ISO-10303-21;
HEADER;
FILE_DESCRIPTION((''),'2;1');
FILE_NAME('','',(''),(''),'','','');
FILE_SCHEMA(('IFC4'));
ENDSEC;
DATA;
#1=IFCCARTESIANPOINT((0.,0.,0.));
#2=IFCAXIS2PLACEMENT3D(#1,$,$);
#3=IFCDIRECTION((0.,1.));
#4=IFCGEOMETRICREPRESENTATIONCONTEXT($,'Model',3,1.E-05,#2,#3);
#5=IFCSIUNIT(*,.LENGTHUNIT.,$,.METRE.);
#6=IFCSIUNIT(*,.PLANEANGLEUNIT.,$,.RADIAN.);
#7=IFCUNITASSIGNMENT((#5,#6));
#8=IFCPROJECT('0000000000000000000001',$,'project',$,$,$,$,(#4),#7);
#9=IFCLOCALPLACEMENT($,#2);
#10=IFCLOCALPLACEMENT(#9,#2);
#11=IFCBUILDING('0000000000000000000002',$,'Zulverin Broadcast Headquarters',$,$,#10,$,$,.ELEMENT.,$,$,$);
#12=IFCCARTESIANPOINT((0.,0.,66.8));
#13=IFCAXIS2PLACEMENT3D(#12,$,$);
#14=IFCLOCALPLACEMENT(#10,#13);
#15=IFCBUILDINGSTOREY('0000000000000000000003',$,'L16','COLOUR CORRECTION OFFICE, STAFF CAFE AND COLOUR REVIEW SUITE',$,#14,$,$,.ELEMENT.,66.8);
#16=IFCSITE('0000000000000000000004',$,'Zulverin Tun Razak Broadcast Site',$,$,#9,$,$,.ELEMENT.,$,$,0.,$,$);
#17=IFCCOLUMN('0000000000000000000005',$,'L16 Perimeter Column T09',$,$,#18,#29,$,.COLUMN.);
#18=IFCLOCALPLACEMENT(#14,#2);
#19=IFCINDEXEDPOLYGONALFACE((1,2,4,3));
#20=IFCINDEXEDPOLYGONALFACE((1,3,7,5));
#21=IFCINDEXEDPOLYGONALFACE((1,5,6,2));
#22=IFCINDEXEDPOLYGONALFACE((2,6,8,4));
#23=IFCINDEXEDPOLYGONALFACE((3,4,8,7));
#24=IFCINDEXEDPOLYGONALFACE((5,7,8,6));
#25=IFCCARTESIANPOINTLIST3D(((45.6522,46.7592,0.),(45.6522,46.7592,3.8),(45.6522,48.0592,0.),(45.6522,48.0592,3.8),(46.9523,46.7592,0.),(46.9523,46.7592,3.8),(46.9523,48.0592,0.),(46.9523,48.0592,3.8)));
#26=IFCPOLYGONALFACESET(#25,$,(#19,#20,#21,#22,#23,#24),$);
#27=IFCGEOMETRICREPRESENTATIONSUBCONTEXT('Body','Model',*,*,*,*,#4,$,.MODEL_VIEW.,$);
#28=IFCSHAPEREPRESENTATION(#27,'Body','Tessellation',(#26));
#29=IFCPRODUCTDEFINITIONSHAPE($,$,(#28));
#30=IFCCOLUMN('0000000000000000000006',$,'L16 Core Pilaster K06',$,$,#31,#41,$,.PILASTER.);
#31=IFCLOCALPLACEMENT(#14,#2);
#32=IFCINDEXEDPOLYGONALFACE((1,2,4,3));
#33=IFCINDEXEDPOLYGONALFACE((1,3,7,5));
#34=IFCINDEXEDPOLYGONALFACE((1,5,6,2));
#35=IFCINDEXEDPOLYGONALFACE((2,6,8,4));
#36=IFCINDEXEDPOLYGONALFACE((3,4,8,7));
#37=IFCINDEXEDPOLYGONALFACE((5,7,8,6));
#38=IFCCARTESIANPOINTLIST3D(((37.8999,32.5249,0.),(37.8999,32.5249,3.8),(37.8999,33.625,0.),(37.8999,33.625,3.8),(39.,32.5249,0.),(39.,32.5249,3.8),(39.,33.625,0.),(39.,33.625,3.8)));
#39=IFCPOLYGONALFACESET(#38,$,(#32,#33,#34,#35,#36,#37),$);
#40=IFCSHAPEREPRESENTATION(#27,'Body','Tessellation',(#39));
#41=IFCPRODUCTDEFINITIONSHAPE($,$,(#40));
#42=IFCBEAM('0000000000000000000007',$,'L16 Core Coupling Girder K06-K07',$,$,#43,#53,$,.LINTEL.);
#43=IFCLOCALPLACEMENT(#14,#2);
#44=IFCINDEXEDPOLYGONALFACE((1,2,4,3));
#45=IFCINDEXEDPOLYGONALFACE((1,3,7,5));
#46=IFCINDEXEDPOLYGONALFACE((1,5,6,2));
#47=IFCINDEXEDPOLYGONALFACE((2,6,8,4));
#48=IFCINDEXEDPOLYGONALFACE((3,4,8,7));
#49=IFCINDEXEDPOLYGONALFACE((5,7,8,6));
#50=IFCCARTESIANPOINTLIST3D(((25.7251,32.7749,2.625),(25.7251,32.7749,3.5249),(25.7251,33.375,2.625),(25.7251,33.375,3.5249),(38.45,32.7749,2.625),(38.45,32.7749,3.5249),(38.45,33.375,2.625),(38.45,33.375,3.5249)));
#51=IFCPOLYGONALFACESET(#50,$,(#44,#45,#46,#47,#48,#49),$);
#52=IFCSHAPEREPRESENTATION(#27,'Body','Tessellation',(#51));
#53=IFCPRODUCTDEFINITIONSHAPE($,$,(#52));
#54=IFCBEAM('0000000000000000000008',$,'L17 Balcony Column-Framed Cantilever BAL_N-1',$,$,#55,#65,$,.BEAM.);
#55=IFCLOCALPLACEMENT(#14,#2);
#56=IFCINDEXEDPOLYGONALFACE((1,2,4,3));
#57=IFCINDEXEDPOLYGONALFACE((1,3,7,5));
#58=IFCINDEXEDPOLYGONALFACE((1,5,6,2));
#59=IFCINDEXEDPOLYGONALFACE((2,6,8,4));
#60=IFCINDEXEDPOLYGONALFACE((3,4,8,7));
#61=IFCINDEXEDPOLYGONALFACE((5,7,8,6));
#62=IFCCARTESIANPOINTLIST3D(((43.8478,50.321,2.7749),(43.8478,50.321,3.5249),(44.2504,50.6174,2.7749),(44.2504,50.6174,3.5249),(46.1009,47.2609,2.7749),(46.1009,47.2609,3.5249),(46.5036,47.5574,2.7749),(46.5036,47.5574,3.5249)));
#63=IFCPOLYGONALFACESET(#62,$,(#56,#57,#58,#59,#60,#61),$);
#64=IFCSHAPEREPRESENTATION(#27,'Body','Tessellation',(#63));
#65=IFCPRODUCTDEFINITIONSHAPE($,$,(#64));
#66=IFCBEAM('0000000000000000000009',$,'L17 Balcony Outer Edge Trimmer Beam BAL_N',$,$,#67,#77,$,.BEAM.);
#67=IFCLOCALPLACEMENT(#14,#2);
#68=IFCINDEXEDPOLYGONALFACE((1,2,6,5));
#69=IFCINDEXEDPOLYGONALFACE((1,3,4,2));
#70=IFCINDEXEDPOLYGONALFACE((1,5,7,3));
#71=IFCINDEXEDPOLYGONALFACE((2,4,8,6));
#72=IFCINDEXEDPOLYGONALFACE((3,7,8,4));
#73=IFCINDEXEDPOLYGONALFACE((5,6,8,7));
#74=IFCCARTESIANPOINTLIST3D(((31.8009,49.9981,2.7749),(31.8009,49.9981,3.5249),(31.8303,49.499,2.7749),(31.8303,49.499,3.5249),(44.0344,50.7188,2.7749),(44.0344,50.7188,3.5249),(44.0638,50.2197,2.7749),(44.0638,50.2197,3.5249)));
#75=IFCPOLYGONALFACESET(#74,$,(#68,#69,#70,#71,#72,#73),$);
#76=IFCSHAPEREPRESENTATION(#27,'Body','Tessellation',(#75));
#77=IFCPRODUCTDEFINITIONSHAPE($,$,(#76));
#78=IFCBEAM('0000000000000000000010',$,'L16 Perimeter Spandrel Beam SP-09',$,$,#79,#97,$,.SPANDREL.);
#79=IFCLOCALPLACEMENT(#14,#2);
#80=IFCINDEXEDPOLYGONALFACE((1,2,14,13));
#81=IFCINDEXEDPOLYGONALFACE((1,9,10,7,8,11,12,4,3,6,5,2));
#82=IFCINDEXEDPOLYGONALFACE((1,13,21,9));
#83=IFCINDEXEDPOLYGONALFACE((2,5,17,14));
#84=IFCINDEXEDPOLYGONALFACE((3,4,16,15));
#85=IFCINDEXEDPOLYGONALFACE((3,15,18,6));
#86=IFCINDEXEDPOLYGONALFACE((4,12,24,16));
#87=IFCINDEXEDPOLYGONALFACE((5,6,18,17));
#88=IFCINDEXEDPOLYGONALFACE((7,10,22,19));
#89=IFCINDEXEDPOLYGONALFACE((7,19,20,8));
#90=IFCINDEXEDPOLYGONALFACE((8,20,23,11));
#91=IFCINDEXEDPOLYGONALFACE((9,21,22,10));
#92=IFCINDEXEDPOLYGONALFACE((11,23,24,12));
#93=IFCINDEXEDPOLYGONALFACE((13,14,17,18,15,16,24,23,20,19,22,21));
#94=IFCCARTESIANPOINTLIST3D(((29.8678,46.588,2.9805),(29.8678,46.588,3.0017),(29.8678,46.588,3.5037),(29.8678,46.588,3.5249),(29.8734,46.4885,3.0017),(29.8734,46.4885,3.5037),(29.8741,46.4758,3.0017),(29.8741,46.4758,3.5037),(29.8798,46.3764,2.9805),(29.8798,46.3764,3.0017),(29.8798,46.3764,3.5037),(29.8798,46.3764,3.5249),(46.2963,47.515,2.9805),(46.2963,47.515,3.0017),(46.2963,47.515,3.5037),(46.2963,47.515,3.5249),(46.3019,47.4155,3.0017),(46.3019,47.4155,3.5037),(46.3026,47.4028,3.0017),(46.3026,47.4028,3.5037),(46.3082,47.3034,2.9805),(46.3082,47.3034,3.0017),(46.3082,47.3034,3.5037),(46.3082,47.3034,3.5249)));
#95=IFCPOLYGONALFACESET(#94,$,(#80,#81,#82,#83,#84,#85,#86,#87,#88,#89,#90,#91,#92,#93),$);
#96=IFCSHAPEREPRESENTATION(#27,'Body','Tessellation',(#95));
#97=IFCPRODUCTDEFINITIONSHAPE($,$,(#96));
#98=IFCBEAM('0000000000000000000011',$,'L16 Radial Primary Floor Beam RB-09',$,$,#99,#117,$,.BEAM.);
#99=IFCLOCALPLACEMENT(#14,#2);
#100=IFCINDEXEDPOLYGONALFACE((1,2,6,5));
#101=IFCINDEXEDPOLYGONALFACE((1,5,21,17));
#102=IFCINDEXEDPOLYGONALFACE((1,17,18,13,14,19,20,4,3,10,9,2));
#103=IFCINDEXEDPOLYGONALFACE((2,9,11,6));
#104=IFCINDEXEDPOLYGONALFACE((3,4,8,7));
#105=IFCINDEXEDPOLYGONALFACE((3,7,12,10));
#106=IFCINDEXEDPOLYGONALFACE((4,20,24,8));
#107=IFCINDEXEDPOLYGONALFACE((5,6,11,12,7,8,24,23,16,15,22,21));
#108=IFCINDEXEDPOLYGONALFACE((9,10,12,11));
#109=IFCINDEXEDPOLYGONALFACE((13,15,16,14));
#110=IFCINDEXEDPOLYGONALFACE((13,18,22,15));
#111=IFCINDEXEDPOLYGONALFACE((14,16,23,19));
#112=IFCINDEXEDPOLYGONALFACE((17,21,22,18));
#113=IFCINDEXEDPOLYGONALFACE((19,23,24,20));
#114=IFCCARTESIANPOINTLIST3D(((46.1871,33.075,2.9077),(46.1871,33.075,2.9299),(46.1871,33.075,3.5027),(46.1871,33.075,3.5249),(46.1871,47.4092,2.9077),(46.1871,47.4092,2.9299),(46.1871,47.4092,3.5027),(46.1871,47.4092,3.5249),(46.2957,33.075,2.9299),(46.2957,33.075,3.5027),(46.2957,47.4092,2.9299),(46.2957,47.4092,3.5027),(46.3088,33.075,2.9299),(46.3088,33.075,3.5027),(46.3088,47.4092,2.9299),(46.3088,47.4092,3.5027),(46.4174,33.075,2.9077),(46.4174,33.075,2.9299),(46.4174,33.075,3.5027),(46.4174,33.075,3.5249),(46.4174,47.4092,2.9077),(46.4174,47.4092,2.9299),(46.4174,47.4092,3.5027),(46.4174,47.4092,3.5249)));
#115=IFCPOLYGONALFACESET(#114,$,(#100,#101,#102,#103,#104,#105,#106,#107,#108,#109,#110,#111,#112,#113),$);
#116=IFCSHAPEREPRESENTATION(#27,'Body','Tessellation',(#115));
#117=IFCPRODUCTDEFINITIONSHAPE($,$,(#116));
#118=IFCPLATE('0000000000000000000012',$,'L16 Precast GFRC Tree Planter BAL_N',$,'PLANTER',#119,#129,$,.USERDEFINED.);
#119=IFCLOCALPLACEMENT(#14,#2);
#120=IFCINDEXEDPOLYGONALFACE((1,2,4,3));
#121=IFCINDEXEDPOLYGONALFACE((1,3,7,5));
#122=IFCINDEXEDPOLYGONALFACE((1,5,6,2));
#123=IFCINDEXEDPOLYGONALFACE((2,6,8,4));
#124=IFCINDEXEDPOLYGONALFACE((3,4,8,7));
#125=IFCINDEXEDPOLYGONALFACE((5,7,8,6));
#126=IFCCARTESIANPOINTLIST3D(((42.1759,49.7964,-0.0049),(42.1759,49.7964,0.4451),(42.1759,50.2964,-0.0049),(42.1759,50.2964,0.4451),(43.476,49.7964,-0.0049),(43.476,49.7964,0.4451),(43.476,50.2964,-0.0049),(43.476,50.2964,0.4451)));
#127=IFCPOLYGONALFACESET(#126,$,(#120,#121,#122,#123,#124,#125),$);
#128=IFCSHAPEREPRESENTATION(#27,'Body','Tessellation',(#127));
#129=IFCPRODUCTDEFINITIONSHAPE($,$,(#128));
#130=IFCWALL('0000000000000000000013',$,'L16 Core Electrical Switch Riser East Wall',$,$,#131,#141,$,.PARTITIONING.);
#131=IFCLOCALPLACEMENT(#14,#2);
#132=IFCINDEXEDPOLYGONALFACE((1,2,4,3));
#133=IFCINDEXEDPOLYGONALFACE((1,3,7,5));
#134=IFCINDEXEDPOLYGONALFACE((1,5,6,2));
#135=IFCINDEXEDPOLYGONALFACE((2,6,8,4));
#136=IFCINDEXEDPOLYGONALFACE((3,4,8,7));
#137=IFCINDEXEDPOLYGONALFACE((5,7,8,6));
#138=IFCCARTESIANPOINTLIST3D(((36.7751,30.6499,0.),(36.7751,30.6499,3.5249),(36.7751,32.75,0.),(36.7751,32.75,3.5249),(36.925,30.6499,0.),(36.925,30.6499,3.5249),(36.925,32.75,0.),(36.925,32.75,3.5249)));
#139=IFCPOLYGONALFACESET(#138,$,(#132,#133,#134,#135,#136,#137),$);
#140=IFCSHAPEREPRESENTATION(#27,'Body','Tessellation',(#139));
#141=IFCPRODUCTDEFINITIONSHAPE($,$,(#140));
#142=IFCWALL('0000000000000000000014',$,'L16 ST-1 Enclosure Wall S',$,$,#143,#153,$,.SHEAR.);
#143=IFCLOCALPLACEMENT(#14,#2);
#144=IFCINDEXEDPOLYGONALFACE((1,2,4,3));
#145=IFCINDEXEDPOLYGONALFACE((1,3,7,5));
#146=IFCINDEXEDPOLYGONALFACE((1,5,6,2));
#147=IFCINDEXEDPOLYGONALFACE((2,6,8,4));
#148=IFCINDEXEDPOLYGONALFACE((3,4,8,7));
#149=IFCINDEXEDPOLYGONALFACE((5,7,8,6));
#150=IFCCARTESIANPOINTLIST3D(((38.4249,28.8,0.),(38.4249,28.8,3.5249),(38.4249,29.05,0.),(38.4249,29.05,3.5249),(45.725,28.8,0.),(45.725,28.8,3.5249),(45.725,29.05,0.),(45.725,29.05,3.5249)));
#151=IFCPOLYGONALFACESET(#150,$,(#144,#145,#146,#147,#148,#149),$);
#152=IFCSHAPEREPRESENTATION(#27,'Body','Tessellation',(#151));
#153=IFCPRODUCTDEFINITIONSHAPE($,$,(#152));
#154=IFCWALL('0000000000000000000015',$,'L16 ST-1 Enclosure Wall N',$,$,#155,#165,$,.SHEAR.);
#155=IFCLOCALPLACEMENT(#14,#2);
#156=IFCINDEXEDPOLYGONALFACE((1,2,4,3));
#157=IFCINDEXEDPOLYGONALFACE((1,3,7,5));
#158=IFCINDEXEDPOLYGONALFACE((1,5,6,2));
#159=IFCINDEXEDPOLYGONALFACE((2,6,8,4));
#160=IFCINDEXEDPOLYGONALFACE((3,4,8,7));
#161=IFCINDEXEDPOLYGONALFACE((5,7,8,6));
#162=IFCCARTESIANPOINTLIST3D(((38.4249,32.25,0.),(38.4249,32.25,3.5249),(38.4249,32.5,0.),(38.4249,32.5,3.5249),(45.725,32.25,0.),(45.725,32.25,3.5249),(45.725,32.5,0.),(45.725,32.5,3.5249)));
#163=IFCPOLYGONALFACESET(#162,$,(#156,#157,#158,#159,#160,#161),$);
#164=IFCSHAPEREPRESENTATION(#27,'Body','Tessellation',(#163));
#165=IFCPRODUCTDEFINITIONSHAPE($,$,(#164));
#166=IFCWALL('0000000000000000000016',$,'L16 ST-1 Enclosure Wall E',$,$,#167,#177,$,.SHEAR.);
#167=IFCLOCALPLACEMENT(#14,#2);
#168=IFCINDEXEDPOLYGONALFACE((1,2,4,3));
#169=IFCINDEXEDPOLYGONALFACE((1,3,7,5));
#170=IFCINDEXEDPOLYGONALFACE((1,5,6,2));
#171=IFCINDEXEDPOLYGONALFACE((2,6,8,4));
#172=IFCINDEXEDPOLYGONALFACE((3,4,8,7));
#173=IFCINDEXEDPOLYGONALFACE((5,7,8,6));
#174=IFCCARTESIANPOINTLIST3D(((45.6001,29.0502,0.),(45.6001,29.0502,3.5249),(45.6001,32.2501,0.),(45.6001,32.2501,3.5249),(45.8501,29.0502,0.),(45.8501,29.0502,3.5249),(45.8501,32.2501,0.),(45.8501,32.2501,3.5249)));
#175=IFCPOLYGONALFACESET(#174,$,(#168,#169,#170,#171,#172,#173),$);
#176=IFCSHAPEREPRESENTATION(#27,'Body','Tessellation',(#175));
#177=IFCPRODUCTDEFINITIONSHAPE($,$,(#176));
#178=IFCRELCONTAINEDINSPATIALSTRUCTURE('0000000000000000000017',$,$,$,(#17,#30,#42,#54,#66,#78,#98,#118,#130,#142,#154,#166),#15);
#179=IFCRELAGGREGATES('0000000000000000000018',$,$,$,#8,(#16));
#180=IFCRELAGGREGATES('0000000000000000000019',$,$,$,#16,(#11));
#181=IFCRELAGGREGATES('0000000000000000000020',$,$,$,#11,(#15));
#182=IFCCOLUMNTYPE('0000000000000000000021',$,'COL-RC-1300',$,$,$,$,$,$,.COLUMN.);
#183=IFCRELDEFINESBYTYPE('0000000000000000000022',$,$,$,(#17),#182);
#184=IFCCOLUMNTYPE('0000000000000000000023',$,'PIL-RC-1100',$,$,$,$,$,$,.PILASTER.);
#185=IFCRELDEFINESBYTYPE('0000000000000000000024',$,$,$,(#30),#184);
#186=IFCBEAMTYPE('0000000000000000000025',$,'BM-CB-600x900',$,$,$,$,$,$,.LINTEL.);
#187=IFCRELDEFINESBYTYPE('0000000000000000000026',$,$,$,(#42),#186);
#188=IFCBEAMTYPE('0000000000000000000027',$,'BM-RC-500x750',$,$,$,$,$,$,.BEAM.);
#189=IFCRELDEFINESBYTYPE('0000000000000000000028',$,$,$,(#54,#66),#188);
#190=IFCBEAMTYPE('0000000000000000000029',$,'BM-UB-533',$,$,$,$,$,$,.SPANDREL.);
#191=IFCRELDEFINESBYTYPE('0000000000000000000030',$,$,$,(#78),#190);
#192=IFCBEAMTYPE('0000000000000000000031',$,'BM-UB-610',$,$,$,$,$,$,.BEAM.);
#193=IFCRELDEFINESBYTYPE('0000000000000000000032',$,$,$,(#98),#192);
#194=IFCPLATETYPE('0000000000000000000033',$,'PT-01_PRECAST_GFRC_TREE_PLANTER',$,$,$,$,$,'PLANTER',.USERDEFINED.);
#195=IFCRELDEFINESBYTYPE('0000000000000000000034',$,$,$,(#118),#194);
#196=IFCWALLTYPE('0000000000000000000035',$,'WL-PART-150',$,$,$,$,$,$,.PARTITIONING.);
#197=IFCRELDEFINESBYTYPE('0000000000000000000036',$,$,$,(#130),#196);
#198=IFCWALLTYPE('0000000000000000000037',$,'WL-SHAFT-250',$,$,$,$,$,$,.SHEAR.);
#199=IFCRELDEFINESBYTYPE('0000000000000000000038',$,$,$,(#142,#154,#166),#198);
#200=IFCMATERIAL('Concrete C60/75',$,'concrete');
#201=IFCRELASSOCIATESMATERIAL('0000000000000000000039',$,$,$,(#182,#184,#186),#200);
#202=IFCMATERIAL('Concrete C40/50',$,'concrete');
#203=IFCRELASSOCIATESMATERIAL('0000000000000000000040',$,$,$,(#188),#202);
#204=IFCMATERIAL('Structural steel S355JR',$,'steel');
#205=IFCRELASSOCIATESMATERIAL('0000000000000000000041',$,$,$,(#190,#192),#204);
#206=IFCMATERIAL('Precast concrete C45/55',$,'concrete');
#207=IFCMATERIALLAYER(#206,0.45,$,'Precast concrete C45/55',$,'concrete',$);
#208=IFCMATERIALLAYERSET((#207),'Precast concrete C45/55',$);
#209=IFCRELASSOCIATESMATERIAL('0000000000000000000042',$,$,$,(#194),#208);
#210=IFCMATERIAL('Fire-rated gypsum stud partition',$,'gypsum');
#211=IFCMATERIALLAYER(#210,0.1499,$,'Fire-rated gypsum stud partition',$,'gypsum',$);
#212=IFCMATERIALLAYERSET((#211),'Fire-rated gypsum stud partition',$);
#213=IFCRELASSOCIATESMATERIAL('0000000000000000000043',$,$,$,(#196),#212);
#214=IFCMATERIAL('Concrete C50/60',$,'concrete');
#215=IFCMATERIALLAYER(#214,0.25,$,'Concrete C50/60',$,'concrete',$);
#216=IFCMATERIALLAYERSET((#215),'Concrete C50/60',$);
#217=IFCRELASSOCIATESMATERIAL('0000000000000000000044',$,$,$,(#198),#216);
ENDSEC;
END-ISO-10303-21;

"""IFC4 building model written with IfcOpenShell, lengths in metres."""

from ifc_helpers import new_model, si_unit, direction, frame, frame_2d, origin, origin_2d, place, context, subcontext, project, spatial, rectangle, i_section, extrude, material, layer, layer_set, material_profile, profile_set, type_object, element, save


model = new_model("IFC4")

# Units and contexts
model_context = context("Model", 3, precision=1e-05, world=origin(), true_north=direction((0.0, 1.0)))
body_context = subcontext(model_context, "Body", "Model", "MODEL_VIEW")
ifc_project = project(units=[si_unit("LENGTHUNIT", "METRE"), si_unit("PLANEANGLEUNIT", "RADIAN")], contexts=[model_context])

# Site, building, storey
site_placement = place(None, origin())
site = spatial("IfcSite", under=ifc_project, at=site_placement, Name="Zulverin Tun Razak Broadcast Site", CompositionType="ELEMENT", RefElevation=0.0)
building_placement = place(site_placement, origin())
building = spatial("IfcBuilding", under=site, at=building_placement, Name="Zulverin Broadcast Headquarters", CompositionType="ELEMENT")
storey_placement = place(building_placement, frame((0.0, 0.0, 66.8)))
storey = spatial("IfcBuildingStorey", under=building, at=storey_placement, Name="L16", Description="COLOUR CORRECTION OFFICE, STAFF CAFE AND COLOUR REVIEW SUITE", CompositionType="ELEMENT", Elevation=66.8)

# Columns
ifc_material_1 = material(Name="Concrete C60/75", Category="concrete")
ifc_material_profile_1 = material_profile(ifc_material_1, rectangle(XDim=1.3, YDim=1.3, at=origin_2d()), Name="Concrete C60/75", Category="concrete")
ifc_profile_set_1 = profile_set([ifc_material_profile_1], Name="Concrete C60/75")
column_type_1 = type_object("IfcColumnType", Name="COL-RC-1300", PredefinedType="COLUMN", material=ifc_profile_set_1)
column_1_placement = place(storey_placement, frame((46.3022, 47.4092, 0.0), z_axis=(0.0, 0.0, 1.0), x_axis=(1.0, 0.0, 0.0)))
element("IfcColumn", 1, at=column_1_placement, inside=storey, type_object=column_type_1, Name="L16 Perimeter Column T09", PredefinedType="COLUMN", context=body_context, shape_type="SweptSolid", body=[
    extrude(rectangle(XDim=1.3, YDim=1.3, at=origin_2d()), origin(), (0.0, 0.0, 1.0), 3.8),
])
ifc_material_profile_2 = material_profile(ifc_material_1, rectangle(XDim=1.1001, YDim=1.1001, at=origin_2d()), Name="Concrete C60/75", Category="concrete")
ifc_profile_set_2 = profile_set([ifc_material_profile_2], Name="Concrete C60/75")
column_type_2 = type_object("IfcColumnType", Name="PIL-RC-1100", PredefinedType="PILASTER", material=ifc_profile_set_2)
column_2_placement = place(storey_placement, frame((38.45, 33.075, 0.0), z_axis=(0.0, 0.0, 1.0), x_axis=(1.0, 0.0, 0.0)))
element("IfcColumn", 2, at=column_2_placement, inside=storey, type_object=column_type_2, Name="L16 Core Pilaster K06", PredefinedType="PILASTER", context=body_context, shape_type="SweptSolid", body=[
    extrude(rectangle(XDim=1.1001, YDim=1.1001, at=origin_2d()), origin(), (0.0, 0.0, 1.0), 3.8),
])

# Beams
ifc_material_profile_3 = material_profile(ifc_material_1, rectangle(XDim=0.6001, YDim=0.8999, at=origin_2d()), Name="Concrete C60/75", Category="concrete")
ifc_profile_set_3 = profile_set([ifc_material_profile_3], Name="Concrete C60/75")
beam_type_1 = type_object("IfcBeamType", Name="BM-CB-600x900", PredefinedType="LINTEL", material=ifc_profile_set_3)
beam_1_placement = place(storey_placement, frame((38.45, 33.075, 3.075), z_axis=(-1.0, 0.0, 0.0), x_axis=(0.0, -1.0, 0.0)))
element("IfcBeam", 3, at=beam_1_placement, inside=storey, type_object=beam_type_1, Name="L16 Core Coupling Girder K06-K07", PredefinedType="LINTEL", context=body_context, shape_type="SweptSolid", body=[
    extrude(rectangle(XDim=0.6001, YDim=0.8999, at=origin_2d()), origin(), (0.0, 0.0, 1.0), 12.7249),
])
ifc_material_2 = material(Name="Concrete C40/50", Category="concrete")
ifc_material_profile_4 = material_profile(ifc_material_2, rectangle(XDim=0.5, YDim=0.75, at=origin_2d()), Name="Concrete C40/50", Category="concrete")
ifc_profile_set_4 = profile_set([ifc_material_profile_4], Name="Concrete C40/50")
beam_type_2 = type_object("IfcBeamType", Name="BM-RC-500x750", PredefinedType="BEAM", material=ifc_profile_set_4)
beam_2_placement = place(storey_placement, frame((46.3022, 47.4092, 3.1499), z_axis=(-0.592925, 0.805258, 0.0), x_axis=(-0.805258, -0.592925, 0.0)))
element("IfcBeam", 4, at=beam_2_placement, inside=storey, type_object=beam_type_2, Name="L17 Balcony Column-Framed Cantilever BAL_N-1", PredefinedType="BEAM", context=body_context, shape_type="SweptSolid", body=[
    extrude(rectangle(XDim=0.5, YDim=0.75, at=origin_2d()), origin(), (0.0, 0.0, 1.0), 3.8),
])
beam_3_placement = place(storey_placement, frame((44.0491, 50.4692, 3.1499), z_axis=(-0.998269, -0.058811, 0.0), x_axis=(0.058811, -0.998269, 0.0)))
element("IfcBeam", 5, at=beam_3_placement, inside=storey, type_object=beam_type_2, Name="L17 Balcony Outer Edge Trimmer Beam BAL_N", PredefinedType="BEAM", context=body_context, shape_type="SweptSolid", body=[
    extrude(rectangle(XDim=0.5, YDim=0.75, at=origin_2d()), origin(), (0.0, 0.0, 1.0), 12.2546),
])
ifc_material_3 = material(Name="Structural steel S355JR", Category="steel")
ifc_material_profile_5 = material_profile(ifc_material_3, i_section(OverallWidth=0.2119, OverallDepth=0.5444, WebThickness=0.0127, FlangeThickness=0.0212, at=origin_2d()), Name="Structural steel S355JR", Category="steel")
ifc_profile_set_5 = profile_set([ifc_material_profile_5], Name="Structural steel S355JR")
beam_type_3 = type_object("IfcBeamType", Name="BM-UB-533", PredefinedType="SPANDREL", material=ifc_profile_set_5)
beam_4_placement = place(storey_placement, frame((46.3022, 47.4092, 3.2527), z_axis=(-0.998412, -0.056337, 0.0), x_axis=(0.056337, -0.998412, 0.0)))
element("IfcBeam", 6, at=beam_4_placement, inside=storey, type_object=beam_type_3, Name="L16 Perimeter Spandrel Beam SP-09", PredefinedType="SPANDREL", context=body_context, shape_type="SweptSolid", body=[
    extrude(i_section(OverallWidth=0.2119, OverallDepth=0.5444, WebThickness=0.0127, FlangeThickness=0.0212, at=origin_2d()), origin(), (0.0, 0.0, 1.0), 16.4546),
])
ifc_material_profile_6 = material_profile(ifc_material_3, i_section(OverallWidth=0.2302, OverallDepth=0.6172, WebThickness=0.0132, FlangeThickness=0.0222, at=origin_2d()), Name="Structural steel S355JR", Category="steel")
ifc_profile_set_6 = profile_set([ifc_material_profile_6], Name="Structural steel S355JR")
beam_type_4 = type_object("IfcBeamType", Name="BM-UB-610", PredefinedType="BEAM", material=ifc_profile_set_6)
beam_5_placement = place(storey_placement, frame((46.3022, 33.075, 3.2163), z_axis=(0.0, 1.0, 0.0), x_axis=(-1.0, 0.0, 0.0)))
element("IfcBeam", 7, at=beam_5_placement, inside=storey, type_object=beam_type_4, Name="L16 Radial Primary Floor Beam RB-09", PredefinedType="BEAM", context=body_context, shape_type="SweptSolid", body=[
    extrude(i_section(OverallWidth=0.2302, OverallDepth=0.6172, WebThickness=0.0132, FlangeThickness=0.0222, at=origin_2d()), origin(), (0.0, 0.0, 1.0), 14.3342),
])

# Plate
ifc_material_4 = material(Name="Precast concrete C45/55", Category="concrete")
ifc_layer_1 = layer(ifc_material_4, 0.45, Name="Precast concrete C45/55", Category="concrete")
ifc_layer_set_1 = layer_set([ifc_layer_1], Name="Precast concrete C45/55")
plate_type = type_object("IfcPlateType", Name="PT-01_PRECAST_GFRC_TREE_PLANTER", ElementType="PLANTER", PredefinedType="USERDEFINED", material=ifc_layer_set_1)
plate_placement = place(storey_placement, frame((42.8259, 50.0464, -0.0049), z_axis=(0.0, 0.0, 1.0), x_axis=(1.0, 0.0, 0.0)))
element("IfcPlate", 8, at=plate_placement, inside=storey, type_object=plate_type, Name="L16 Precast GFRC Tree Planter BAL_N", ObjectType="PLANTER", PredefinedType="USERDEFINED", context=body_context, shape_type="SweptSolid", body=[
    extrude(rectangle(XDim=1.3, YDim=0.5, at=origin_2d()), origin(), (0.0, 0.0, 1.0), 0.45),
])

# Walls
ifc_material_5 = material(Name="Fire-rated gypsum stud partition", Category="gypsum")
ifc_layer_2 = layer(ifc_material_5, 0.1499, Name="Fire-rated gypsum stud partition", Category="gypsum")
ifc_layer_set_2 = layer_set([ifc_layer_2], Name="Fire-rated gypsum stud partition")
wall_type_1 = type_object("IfcWallType", Name="WL-PART-150", PredefinedType="PARTITIONING", material=ifc_layer_set_2)
wall_1_placement = place(storey_placement, frame((36.8501, 30.6499, 0.0), z_axis=(0.0, 0.0, 1.0), x_axis=(0.0, 1.0, 0.0)))
element("IfcWall", 9, at=wall_1_placement, inside=storey, type_object=wall_type_1, Name="L16 Core Electrical Switch Riser East Wall", PredefinedType="PARTITIONING", context=body_context, shape_type="SweptSolid", body=[
    extrude(rectangle(XDim=2.1001, YDim=0.1499, at=frame_2d((1.05, 0.0))), origin(), (0.0, 0.0, 1.0), 3.5249),
])
ifc_material_6 = material(Name="Concrete C50/60", Category="concrete")
ifc_layer_3 = layer(ifc_material_6, 0.25, Name="Concrete C50/60", Category="concrete")
ifc_layer_set_3 = layer_set([ifc_layer_3], Name="Concrete C50/60")
wall_type_2 = type_object("IfcWallType", Name="WL-SHAFT-250", PredefinedType="SHEAR", material=ifc_layer_set_3)
for number, where, z_axis, x_axis, name in (
    (10, (38.425, 28.925, 0.0), (0.0, 0.0, 1.0), (1.0, 0.0, 0.0), "L16 ST-1 Enclosure Wall S"),
    (11, (38.425, 32.375, 0.0), (0.0, 0.0, 1.0), (1.0, 0.0, 0.0), "L16 ST-1 Enclosure Wall N"),
):
    element("IfcWall", number, at=place(storey_placement, frame(where, z_axis=z_axis, x_axis=x_axis)), inside=storey, type_object=wall_type_2, Name=name, PredefinedType="SHEAR", context=body_context, shape_type="SweptSolid", body=[
        extrude(rectangle(XDim=7.3, YDim=0.25, at=frame_2d((3.6499, 0.0))), origin(), (0.0, 0.0, 1.0), 3.5249),
    ])

# Wall
wall_2_placement = place(storey_placement, frame((45.7251, 29.05, 0.0), z_axis=(0.0, 0.0, 1.0), x_axis=(0.0, 1.0, 0.0)))
element("IfcWall", 12, at=wall_2_placement, inside=storey, type_object=wall_type_2, Name="L16 ST-1 Enclosure Wall E", PredefinedType="SHEAR", context=body_context, shape_type="SweptSolid", body=[
    extrude(rectangle(XDim=3.2, YDim=0.25, at=frame_2d((1.6001, 0.0))), origin(), (0.0, 0.0, 1.0), 3.5249),
])

save(model, "model.ifc")
